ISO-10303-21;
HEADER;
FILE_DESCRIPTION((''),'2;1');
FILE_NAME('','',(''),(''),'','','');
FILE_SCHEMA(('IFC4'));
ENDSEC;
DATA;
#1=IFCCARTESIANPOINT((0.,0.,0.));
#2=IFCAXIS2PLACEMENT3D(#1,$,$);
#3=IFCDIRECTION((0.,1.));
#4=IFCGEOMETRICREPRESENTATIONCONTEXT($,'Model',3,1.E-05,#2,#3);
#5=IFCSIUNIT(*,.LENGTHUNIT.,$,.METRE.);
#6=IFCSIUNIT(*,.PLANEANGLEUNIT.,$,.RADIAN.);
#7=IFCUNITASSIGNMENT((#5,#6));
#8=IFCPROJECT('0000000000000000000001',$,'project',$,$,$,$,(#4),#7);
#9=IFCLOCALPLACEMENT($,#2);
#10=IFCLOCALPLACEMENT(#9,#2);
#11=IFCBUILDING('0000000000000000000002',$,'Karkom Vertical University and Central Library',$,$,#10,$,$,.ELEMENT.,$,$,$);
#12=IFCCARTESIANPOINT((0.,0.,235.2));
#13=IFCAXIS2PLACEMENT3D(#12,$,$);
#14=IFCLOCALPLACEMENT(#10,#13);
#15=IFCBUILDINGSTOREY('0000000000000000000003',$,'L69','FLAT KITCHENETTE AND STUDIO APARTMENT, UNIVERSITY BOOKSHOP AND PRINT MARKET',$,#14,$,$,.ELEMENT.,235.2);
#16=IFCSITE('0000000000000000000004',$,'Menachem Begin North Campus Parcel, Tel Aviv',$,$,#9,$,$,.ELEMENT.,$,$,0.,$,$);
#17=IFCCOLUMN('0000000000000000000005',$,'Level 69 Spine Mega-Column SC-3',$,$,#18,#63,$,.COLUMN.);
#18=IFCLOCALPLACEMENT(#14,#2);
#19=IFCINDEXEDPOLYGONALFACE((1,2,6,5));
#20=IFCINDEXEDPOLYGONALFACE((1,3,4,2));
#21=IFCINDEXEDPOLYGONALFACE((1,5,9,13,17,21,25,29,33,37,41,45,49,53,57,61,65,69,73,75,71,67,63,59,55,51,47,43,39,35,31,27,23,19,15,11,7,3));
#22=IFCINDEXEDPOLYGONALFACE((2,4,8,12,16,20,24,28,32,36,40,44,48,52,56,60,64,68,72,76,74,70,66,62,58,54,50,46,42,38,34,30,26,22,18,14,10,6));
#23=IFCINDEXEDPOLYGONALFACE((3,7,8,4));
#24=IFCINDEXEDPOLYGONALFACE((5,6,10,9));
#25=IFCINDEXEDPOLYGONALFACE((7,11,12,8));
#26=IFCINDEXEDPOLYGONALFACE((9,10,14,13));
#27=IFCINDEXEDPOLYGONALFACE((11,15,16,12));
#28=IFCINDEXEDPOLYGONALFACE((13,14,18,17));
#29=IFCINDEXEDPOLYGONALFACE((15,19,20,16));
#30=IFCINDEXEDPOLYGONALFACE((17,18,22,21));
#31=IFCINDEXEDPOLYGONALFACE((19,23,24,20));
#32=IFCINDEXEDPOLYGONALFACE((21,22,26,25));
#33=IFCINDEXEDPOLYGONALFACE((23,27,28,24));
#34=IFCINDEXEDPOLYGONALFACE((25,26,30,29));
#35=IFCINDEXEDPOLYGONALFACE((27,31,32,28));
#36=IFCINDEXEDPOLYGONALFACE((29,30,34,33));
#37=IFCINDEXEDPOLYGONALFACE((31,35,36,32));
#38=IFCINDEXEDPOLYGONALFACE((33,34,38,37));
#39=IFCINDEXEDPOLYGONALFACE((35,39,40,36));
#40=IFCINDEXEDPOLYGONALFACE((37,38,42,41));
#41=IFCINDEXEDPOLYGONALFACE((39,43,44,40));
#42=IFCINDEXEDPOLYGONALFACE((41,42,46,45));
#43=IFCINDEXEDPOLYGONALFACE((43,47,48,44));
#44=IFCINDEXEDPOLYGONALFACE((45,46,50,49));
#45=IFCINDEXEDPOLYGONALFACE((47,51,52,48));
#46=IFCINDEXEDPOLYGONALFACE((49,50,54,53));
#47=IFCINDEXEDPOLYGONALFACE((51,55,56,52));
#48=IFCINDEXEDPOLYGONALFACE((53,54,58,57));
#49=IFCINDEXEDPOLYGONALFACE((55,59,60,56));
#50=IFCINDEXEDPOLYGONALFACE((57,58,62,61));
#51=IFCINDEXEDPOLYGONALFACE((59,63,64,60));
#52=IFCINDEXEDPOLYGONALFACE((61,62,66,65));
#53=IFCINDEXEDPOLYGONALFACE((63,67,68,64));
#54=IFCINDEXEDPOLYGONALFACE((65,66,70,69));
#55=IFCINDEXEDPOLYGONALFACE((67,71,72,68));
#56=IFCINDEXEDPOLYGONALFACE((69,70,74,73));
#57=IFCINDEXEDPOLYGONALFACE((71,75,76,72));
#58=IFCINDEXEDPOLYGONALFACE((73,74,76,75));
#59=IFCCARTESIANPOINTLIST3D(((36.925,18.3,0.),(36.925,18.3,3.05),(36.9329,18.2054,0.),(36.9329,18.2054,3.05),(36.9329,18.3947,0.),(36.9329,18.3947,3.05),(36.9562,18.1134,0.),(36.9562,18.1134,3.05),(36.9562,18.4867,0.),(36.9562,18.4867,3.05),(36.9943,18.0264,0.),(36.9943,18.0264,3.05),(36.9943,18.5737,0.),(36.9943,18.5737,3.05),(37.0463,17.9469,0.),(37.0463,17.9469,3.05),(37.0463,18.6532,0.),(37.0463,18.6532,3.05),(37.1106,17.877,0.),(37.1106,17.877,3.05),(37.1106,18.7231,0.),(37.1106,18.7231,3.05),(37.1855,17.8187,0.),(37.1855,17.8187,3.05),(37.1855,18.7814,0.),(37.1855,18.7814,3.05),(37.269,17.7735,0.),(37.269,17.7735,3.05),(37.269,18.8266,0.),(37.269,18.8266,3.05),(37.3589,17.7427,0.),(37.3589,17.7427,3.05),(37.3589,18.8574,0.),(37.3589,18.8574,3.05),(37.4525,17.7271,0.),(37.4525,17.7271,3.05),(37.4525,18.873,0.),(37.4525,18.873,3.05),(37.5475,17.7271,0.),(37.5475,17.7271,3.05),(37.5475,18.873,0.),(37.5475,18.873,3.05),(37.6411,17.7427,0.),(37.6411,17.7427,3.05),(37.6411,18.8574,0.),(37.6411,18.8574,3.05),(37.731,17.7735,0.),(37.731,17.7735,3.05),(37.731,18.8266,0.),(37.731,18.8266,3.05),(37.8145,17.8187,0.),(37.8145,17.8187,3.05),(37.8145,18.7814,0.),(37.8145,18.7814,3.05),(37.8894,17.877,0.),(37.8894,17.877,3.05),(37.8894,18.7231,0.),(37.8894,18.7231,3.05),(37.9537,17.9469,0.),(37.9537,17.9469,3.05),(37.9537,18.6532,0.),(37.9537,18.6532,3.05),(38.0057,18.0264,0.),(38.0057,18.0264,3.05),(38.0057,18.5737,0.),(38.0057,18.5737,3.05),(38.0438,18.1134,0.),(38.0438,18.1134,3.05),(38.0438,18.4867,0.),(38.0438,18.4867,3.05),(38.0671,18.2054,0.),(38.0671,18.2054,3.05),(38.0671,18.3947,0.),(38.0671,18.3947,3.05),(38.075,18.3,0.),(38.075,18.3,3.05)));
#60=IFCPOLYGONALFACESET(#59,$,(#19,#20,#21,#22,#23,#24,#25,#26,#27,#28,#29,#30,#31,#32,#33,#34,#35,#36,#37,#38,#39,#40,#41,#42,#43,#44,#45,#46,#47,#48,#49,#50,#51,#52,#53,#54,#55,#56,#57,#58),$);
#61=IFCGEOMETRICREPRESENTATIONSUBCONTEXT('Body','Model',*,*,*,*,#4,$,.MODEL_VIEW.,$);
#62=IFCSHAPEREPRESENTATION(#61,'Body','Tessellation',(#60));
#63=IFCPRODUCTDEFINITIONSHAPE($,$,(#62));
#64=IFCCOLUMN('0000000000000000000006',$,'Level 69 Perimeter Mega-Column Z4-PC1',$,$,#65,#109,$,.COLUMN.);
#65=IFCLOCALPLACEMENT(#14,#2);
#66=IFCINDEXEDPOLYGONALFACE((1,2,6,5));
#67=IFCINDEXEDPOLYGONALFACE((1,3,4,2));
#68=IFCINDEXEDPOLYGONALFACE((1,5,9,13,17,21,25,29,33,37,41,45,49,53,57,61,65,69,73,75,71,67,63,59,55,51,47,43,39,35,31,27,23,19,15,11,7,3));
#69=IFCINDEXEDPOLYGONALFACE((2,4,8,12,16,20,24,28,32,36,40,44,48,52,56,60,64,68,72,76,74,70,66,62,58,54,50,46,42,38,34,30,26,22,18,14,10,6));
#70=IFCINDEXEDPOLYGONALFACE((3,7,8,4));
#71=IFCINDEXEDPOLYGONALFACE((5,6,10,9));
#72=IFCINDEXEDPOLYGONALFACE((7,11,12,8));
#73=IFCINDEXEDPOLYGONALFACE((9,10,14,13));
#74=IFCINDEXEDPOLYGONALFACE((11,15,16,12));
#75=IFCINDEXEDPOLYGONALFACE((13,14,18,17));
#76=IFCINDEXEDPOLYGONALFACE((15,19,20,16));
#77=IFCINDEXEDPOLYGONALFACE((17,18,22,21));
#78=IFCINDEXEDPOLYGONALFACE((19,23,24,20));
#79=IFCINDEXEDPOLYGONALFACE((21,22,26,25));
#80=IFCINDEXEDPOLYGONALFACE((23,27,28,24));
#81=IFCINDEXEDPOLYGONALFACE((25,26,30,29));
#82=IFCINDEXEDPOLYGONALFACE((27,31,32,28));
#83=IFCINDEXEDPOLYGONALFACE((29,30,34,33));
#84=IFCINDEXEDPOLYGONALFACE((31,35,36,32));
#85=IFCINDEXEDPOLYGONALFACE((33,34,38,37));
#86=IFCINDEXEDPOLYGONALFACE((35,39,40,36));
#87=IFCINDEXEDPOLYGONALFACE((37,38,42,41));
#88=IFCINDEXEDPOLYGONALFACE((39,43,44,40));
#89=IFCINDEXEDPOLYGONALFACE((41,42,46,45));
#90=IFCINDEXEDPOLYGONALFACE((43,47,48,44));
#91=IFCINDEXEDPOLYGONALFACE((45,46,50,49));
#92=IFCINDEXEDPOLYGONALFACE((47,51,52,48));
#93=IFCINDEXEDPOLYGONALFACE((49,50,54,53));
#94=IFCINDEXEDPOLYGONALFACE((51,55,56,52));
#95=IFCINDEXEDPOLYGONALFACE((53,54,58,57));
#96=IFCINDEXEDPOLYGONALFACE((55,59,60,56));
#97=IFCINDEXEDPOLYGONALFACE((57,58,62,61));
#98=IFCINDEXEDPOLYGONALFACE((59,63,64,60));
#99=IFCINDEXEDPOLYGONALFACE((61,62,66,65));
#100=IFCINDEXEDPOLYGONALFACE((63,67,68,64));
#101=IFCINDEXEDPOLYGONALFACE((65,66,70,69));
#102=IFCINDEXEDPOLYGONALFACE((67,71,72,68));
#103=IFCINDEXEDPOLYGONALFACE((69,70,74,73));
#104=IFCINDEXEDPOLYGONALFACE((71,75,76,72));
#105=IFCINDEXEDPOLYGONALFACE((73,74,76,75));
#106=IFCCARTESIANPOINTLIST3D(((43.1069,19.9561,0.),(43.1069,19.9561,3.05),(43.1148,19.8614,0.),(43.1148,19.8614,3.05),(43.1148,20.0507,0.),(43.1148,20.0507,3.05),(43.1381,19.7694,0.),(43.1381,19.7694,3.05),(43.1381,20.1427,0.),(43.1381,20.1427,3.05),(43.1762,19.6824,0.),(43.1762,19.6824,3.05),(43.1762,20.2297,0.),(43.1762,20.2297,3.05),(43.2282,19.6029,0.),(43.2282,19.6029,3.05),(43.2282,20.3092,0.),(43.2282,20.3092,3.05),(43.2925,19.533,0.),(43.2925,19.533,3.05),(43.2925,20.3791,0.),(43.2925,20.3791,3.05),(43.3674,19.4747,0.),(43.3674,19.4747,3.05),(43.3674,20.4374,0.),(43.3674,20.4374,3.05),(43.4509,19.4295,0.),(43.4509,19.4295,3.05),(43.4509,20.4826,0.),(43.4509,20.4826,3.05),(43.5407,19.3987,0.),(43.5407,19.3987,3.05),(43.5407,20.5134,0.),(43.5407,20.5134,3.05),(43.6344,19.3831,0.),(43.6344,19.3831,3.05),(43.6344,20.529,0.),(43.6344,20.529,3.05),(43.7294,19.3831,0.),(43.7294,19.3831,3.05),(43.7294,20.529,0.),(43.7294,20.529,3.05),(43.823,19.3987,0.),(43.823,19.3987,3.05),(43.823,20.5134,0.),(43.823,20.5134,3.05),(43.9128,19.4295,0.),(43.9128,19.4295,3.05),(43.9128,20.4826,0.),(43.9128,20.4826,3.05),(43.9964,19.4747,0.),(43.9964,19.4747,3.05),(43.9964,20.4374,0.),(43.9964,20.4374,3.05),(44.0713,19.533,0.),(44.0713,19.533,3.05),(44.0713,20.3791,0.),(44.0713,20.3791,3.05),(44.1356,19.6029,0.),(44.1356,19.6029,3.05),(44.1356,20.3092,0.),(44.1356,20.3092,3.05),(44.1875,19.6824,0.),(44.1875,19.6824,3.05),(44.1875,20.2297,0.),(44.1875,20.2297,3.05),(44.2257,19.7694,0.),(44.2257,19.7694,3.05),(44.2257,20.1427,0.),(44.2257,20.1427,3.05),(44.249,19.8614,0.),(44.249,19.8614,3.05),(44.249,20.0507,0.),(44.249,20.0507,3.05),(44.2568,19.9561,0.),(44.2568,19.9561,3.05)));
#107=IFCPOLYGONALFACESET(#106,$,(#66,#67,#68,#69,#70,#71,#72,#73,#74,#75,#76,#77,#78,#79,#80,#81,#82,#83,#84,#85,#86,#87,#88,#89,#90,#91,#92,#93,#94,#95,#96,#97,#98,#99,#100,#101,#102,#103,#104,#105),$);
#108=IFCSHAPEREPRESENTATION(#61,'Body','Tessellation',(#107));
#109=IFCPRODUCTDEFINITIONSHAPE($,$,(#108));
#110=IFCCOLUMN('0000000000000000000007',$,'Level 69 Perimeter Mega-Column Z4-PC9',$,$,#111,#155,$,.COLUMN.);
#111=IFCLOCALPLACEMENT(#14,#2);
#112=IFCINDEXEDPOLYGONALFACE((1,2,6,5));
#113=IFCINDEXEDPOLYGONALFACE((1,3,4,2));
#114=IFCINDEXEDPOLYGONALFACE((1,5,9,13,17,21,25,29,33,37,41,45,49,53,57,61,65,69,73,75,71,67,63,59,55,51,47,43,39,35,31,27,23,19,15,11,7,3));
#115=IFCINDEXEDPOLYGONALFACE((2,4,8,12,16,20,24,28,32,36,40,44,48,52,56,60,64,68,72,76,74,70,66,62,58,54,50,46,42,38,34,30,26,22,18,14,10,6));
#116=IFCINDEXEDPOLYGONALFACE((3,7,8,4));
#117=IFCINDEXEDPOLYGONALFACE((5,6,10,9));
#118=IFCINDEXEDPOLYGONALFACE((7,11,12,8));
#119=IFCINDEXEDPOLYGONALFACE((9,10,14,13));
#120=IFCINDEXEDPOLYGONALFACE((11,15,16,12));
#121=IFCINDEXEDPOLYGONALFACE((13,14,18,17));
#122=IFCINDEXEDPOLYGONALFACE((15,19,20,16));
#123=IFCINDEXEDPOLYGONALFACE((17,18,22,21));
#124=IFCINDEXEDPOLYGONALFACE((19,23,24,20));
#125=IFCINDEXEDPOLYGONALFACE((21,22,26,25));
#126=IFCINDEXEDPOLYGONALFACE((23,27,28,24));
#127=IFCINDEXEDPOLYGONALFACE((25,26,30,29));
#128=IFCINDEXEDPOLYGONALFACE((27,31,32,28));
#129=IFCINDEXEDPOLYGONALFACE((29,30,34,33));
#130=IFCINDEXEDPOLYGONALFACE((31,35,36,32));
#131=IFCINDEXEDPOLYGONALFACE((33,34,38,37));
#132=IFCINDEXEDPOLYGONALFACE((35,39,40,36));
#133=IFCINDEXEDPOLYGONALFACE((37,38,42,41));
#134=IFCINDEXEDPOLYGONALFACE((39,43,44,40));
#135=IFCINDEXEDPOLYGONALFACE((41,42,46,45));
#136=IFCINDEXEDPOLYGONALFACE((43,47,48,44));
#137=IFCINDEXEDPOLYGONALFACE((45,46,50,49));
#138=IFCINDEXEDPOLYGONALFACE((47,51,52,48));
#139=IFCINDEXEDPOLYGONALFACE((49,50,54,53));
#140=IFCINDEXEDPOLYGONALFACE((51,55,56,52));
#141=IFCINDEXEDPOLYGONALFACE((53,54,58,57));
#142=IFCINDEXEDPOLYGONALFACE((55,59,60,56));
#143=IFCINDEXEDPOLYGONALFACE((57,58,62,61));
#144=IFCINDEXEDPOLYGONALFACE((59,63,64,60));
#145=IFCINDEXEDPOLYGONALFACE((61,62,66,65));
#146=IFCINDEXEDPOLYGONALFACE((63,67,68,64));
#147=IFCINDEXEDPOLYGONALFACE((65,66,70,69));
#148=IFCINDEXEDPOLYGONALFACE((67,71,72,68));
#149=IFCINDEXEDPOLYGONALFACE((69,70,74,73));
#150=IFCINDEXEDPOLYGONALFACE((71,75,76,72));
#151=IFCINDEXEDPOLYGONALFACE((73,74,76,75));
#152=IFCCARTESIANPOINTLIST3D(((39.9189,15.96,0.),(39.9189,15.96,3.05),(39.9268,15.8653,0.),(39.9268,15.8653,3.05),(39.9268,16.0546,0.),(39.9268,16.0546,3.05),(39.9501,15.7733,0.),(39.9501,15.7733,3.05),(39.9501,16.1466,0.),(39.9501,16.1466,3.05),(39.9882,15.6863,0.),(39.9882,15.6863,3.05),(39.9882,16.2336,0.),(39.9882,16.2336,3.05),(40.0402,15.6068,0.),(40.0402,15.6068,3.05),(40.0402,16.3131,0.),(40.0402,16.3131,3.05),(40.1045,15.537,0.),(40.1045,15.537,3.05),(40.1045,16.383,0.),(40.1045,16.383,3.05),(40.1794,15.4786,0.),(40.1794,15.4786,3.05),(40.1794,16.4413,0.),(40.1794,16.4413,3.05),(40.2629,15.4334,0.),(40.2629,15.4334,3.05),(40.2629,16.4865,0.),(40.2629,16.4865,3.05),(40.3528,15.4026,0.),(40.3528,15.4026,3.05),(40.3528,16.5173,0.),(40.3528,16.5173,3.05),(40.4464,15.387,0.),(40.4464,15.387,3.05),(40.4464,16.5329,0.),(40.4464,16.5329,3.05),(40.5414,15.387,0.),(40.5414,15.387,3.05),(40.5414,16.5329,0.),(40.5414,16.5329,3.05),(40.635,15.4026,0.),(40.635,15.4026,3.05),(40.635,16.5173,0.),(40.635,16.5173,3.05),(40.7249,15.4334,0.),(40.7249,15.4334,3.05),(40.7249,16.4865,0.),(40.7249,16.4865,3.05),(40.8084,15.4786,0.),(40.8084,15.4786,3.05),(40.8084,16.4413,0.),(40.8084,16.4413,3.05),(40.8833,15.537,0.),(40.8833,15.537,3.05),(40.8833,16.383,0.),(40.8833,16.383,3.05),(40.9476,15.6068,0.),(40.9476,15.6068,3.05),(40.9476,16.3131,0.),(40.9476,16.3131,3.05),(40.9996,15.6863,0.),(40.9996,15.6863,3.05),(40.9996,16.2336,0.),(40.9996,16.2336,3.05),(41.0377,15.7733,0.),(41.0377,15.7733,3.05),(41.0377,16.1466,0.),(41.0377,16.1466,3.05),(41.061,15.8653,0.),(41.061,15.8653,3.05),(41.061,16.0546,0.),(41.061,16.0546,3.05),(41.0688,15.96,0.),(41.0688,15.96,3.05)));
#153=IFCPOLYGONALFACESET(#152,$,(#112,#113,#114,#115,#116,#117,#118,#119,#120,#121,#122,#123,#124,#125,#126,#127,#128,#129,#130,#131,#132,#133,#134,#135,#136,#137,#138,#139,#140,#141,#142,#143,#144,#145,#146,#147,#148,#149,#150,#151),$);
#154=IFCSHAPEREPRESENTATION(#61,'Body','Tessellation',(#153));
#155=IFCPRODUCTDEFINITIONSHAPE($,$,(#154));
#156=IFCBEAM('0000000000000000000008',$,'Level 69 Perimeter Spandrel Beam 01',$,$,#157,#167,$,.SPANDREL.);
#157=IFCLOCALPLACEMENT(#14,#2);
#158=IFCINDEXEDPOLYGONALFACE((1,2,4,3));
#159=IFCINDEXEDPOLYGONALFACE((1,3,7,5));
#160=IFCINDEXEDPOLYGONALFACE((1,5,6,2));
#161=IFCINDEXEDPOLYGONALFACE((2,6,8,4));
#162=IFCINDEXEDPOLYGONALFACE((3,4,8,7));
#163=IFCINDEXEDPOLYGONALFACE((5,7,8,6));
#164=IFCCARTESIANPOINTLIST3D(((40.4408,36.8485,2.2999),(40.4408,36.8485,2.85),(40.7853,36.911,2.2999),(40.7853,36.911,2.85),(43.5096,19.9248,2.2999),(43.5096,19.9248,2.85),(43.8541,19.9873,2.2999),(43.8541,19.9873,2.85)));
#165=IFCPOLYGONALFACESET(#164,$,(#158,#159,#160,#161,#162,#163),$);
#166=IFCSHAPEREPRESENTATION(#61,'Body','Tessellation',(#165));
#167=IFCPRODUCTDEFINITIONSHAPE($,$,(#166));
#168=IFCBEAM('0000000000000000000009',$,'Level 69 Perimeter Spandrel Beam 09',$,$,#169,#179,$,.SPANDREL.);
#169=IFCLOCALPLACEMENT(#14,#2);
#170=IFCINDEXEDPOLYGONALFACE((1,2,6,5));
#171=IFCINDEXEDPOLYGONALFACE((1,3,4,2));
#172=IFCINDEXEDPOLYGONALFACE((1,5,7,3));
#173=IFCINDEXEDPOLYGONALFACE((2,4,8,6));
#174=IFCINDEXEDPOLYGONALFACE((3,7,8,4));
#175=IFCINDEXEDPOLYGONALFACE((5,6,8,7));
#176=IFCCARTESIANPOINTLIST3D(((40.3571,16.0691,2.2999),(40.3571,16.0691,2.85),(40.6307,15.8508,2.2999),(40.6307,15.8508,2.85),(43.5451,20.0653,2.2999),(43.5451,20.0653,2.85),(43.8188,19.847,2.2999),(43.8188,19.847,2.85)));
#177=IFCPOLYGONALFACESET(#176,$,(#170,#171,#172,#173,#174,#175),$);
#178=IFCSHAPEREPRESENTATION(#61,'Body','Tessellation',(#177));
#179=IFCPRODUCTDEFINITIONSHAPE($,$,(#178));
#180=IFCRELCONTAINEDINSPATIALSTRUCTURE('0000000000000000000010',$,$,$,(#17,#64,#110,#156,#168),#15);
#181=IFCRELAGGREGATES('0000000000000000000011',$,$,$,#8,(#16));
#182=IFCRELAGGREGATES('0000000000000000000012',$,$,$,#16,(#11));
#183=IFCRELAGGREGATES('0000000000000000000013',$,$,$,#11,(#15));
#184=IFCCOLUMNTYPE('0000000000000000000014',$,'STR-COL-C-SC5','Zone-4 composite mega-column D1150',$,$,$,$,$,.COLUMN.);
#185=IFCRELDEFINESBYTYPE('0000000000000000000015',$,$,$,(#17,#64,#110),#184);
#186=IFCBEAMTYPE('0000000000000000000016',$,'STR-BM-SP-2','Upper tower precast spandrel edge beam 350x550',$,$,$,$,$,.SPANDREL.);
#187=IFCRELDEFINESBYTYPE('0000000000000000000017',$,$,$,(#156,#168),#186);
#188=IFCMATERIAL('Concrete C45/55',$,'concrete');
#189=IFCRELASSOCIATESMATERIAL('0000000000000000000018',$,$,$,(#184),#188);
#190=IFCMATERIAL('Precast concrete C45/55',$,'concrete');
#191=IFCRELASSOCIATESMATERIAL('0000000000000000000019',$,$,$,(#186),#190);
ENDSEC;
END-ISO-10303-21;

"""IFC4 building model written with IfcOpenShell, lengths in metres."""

from ifc_helpers import new_model, si_unit, direction, frame, origin, origin_with_axes, origin_2d, place, context, subcontext, project, spatial, rectangle, circle, extrude, source, transform, mapped, material, material_profile, profile_set, type_object, element, save


model = new_model("IFC4")

# Units and contexts
model_context = context("Model", 3, precision=1e-05, world=origin(), true_north=direction((0.0, 1.0)))
body_context = subcontext(model_context, "Body", "Model", "MODEL_VIEW")
ifc_project = project(units=[si_unit("LENGTHUNIT", "METRE"), si_unit("PLANEANGLEUNIT", "RADIAN")], contexts=[model_context])

# Site, building, storey
site_placement = place(None, origin())
site = spatial("IfcSite", under=ifc_project, at=site_placement, Name="Menachem Begin North Campus Parcel, Tel Aviv", CompositionType="ELEMENT", RefElevation=0.0)
building_placement = place(site_placement, origin())
building = spatial("IfcBuilding", under=site, at=building_placement, Name="Karkom Vertical University and Central Library", CompositionType="ELEMENT")
storey_placement = place(building_placement, frame((0.0, 0.0, 235.2)))
storey = spatial("IfcBuildingStorey", under=building, at=storey_placement, Name="L69", Description="FLAT KITCHENETTE AND STUDIO APARTMENT, UNIVERSITY BOOKSHOP AND PRINT MARKET", CompositionType="ELEMENT", Elevation=235.2)

# Columns
ifc_material_1 = material(Name="Concrete C45/55", Category="concrete")
ifc_material_profile_1 = material_profile(ifc_material_1, circle(Radius=0.575, at=origin_2d()), Name="CFT-D1150")
ifc_profile_set_1 = profile_set([ifc_material_profile_1], Name="Concrete C45/55")
column_type = type_object("IfcColumnType", Name="STR-COL-C-SC5", Description="Zone-4 composite mega-column D1150", PredefinedType="COLUMN", material=ifc_profile_set_1)
shared_shape_1 = source(origin_with_axes(), body_context, "Body", "SweptSolid", [
    extrude(circle(Radius=0.575, at=origin_2d()), origin(), (0.0, 0.0, 1.0), 3.05),
])
for number, where, z_axis, x_axis, name in (
    (1, (37.5, 18.3, 0.0), (0.0, 0.0, 1.0), (1.0, 0.0, 0.0), "Level 69 Spine Mega-Column SC-3"),
    (2, (43.6819, 19.9561, 0.0), (0.0, 0.0, 1.0), (1.0, 0.0, 0.0), "Level 69 Perimeter Mega-Column Z4-PC1"),
    (3, (40.4939, 15.96, 0.0), (0.0, 0.0, 1.0), (1.0, 0.0, 0.0), "Level 69 Perimeter Mega-Column Z4-PC9"),
):
    element("IfcColumn", number, at=place(storey_placement, frame(where, z_axis=z_axis, x_axis=x_axis)), inside=storey, type_object=column_type, Name=name, PredefinedType="COLUMN", context=body_context, shape_type="MappedRepresentation", body=[
        mapped(shared_shape_1, transform((0.0, 0.0, 0.0), scale=1.0)),
    ])

# Beams
ifc_material_2 = material(Name="Precast concrete C45/55", Category="concrete")
ifc_material_profile_2 = material_profile(ifc_material_2, rectangle(XDim=0.3501, YDim=0.55, at=origin_2d()), Name="SPB-350x550")
ifc_profile_set_2 = profile_set([ifc_material_profile_2], Name="Precast concrete C45/55")
beam_type_1 = type_object("IfcBeamType", Name="STR-BM-SP-2", Description="Upper tower precast spandrel edge beam 350x550", PredefinedType="SPANDREL", material=ifc_profile_set_2)
shared_shape_2 = source(origin_with_axes(), body_context, "Body", "SweptSolid", [
    extrude(rectangle(XDim=0.3501, YDim=0.55, at=origin_2d()), origin(), (0.0, 0.0, 1.0), 17.1997),
])
beam_1_placement = place(storey_placement, frame((43.6819, 19.9561, 2.575), z_axis=(-0.178423, 0.983954, 0.0), x_axis=(-0.983954, -0.178423, 0.0)))
element("IfcBeam", 4, at=beam_1_placement, inside=storey, type_object=beam_type_1, Name="Level 69 Perimeter Spandrel Beam 01", PredefinedType="SPANDREL", context=body_context, shape_type="MappedRepresentation", body=[
    mapped(shared_shape_2, transform((0.0, 0.0, 0.0), scale=1.0)),
])
shared_shape_3 = source(origin_with_axes(), body_context, "Body", "SweptSolid", [
    extrude(rectangle(XDim=0.3501, YDim=0.55, at=origin_2d()), origin(), (0.0, 0.0, 1.0), 5.1121),
])
beam_2_placement = place(storey_placement, frame((40.4939, 15.96, 2.575), z_axis=(0.623634, 0.781716, 0.0), x_axis=(-0.781716, 0.623634, 0.0)))
element("IfcBeam", 5, at=beam_2_placement, inside=storey, type_object=beam_type_1, Name="Level 69 Perimeter Spandrel Beam 09", PredefinedType="SPANDREL", context=body_context, shape_type="MappedRepresentation", body=[
    mapped(shared_shape_3, transform((0.0, 0.0, 0.0), scale=1.0)),
])

save(model, "model.ifc")
